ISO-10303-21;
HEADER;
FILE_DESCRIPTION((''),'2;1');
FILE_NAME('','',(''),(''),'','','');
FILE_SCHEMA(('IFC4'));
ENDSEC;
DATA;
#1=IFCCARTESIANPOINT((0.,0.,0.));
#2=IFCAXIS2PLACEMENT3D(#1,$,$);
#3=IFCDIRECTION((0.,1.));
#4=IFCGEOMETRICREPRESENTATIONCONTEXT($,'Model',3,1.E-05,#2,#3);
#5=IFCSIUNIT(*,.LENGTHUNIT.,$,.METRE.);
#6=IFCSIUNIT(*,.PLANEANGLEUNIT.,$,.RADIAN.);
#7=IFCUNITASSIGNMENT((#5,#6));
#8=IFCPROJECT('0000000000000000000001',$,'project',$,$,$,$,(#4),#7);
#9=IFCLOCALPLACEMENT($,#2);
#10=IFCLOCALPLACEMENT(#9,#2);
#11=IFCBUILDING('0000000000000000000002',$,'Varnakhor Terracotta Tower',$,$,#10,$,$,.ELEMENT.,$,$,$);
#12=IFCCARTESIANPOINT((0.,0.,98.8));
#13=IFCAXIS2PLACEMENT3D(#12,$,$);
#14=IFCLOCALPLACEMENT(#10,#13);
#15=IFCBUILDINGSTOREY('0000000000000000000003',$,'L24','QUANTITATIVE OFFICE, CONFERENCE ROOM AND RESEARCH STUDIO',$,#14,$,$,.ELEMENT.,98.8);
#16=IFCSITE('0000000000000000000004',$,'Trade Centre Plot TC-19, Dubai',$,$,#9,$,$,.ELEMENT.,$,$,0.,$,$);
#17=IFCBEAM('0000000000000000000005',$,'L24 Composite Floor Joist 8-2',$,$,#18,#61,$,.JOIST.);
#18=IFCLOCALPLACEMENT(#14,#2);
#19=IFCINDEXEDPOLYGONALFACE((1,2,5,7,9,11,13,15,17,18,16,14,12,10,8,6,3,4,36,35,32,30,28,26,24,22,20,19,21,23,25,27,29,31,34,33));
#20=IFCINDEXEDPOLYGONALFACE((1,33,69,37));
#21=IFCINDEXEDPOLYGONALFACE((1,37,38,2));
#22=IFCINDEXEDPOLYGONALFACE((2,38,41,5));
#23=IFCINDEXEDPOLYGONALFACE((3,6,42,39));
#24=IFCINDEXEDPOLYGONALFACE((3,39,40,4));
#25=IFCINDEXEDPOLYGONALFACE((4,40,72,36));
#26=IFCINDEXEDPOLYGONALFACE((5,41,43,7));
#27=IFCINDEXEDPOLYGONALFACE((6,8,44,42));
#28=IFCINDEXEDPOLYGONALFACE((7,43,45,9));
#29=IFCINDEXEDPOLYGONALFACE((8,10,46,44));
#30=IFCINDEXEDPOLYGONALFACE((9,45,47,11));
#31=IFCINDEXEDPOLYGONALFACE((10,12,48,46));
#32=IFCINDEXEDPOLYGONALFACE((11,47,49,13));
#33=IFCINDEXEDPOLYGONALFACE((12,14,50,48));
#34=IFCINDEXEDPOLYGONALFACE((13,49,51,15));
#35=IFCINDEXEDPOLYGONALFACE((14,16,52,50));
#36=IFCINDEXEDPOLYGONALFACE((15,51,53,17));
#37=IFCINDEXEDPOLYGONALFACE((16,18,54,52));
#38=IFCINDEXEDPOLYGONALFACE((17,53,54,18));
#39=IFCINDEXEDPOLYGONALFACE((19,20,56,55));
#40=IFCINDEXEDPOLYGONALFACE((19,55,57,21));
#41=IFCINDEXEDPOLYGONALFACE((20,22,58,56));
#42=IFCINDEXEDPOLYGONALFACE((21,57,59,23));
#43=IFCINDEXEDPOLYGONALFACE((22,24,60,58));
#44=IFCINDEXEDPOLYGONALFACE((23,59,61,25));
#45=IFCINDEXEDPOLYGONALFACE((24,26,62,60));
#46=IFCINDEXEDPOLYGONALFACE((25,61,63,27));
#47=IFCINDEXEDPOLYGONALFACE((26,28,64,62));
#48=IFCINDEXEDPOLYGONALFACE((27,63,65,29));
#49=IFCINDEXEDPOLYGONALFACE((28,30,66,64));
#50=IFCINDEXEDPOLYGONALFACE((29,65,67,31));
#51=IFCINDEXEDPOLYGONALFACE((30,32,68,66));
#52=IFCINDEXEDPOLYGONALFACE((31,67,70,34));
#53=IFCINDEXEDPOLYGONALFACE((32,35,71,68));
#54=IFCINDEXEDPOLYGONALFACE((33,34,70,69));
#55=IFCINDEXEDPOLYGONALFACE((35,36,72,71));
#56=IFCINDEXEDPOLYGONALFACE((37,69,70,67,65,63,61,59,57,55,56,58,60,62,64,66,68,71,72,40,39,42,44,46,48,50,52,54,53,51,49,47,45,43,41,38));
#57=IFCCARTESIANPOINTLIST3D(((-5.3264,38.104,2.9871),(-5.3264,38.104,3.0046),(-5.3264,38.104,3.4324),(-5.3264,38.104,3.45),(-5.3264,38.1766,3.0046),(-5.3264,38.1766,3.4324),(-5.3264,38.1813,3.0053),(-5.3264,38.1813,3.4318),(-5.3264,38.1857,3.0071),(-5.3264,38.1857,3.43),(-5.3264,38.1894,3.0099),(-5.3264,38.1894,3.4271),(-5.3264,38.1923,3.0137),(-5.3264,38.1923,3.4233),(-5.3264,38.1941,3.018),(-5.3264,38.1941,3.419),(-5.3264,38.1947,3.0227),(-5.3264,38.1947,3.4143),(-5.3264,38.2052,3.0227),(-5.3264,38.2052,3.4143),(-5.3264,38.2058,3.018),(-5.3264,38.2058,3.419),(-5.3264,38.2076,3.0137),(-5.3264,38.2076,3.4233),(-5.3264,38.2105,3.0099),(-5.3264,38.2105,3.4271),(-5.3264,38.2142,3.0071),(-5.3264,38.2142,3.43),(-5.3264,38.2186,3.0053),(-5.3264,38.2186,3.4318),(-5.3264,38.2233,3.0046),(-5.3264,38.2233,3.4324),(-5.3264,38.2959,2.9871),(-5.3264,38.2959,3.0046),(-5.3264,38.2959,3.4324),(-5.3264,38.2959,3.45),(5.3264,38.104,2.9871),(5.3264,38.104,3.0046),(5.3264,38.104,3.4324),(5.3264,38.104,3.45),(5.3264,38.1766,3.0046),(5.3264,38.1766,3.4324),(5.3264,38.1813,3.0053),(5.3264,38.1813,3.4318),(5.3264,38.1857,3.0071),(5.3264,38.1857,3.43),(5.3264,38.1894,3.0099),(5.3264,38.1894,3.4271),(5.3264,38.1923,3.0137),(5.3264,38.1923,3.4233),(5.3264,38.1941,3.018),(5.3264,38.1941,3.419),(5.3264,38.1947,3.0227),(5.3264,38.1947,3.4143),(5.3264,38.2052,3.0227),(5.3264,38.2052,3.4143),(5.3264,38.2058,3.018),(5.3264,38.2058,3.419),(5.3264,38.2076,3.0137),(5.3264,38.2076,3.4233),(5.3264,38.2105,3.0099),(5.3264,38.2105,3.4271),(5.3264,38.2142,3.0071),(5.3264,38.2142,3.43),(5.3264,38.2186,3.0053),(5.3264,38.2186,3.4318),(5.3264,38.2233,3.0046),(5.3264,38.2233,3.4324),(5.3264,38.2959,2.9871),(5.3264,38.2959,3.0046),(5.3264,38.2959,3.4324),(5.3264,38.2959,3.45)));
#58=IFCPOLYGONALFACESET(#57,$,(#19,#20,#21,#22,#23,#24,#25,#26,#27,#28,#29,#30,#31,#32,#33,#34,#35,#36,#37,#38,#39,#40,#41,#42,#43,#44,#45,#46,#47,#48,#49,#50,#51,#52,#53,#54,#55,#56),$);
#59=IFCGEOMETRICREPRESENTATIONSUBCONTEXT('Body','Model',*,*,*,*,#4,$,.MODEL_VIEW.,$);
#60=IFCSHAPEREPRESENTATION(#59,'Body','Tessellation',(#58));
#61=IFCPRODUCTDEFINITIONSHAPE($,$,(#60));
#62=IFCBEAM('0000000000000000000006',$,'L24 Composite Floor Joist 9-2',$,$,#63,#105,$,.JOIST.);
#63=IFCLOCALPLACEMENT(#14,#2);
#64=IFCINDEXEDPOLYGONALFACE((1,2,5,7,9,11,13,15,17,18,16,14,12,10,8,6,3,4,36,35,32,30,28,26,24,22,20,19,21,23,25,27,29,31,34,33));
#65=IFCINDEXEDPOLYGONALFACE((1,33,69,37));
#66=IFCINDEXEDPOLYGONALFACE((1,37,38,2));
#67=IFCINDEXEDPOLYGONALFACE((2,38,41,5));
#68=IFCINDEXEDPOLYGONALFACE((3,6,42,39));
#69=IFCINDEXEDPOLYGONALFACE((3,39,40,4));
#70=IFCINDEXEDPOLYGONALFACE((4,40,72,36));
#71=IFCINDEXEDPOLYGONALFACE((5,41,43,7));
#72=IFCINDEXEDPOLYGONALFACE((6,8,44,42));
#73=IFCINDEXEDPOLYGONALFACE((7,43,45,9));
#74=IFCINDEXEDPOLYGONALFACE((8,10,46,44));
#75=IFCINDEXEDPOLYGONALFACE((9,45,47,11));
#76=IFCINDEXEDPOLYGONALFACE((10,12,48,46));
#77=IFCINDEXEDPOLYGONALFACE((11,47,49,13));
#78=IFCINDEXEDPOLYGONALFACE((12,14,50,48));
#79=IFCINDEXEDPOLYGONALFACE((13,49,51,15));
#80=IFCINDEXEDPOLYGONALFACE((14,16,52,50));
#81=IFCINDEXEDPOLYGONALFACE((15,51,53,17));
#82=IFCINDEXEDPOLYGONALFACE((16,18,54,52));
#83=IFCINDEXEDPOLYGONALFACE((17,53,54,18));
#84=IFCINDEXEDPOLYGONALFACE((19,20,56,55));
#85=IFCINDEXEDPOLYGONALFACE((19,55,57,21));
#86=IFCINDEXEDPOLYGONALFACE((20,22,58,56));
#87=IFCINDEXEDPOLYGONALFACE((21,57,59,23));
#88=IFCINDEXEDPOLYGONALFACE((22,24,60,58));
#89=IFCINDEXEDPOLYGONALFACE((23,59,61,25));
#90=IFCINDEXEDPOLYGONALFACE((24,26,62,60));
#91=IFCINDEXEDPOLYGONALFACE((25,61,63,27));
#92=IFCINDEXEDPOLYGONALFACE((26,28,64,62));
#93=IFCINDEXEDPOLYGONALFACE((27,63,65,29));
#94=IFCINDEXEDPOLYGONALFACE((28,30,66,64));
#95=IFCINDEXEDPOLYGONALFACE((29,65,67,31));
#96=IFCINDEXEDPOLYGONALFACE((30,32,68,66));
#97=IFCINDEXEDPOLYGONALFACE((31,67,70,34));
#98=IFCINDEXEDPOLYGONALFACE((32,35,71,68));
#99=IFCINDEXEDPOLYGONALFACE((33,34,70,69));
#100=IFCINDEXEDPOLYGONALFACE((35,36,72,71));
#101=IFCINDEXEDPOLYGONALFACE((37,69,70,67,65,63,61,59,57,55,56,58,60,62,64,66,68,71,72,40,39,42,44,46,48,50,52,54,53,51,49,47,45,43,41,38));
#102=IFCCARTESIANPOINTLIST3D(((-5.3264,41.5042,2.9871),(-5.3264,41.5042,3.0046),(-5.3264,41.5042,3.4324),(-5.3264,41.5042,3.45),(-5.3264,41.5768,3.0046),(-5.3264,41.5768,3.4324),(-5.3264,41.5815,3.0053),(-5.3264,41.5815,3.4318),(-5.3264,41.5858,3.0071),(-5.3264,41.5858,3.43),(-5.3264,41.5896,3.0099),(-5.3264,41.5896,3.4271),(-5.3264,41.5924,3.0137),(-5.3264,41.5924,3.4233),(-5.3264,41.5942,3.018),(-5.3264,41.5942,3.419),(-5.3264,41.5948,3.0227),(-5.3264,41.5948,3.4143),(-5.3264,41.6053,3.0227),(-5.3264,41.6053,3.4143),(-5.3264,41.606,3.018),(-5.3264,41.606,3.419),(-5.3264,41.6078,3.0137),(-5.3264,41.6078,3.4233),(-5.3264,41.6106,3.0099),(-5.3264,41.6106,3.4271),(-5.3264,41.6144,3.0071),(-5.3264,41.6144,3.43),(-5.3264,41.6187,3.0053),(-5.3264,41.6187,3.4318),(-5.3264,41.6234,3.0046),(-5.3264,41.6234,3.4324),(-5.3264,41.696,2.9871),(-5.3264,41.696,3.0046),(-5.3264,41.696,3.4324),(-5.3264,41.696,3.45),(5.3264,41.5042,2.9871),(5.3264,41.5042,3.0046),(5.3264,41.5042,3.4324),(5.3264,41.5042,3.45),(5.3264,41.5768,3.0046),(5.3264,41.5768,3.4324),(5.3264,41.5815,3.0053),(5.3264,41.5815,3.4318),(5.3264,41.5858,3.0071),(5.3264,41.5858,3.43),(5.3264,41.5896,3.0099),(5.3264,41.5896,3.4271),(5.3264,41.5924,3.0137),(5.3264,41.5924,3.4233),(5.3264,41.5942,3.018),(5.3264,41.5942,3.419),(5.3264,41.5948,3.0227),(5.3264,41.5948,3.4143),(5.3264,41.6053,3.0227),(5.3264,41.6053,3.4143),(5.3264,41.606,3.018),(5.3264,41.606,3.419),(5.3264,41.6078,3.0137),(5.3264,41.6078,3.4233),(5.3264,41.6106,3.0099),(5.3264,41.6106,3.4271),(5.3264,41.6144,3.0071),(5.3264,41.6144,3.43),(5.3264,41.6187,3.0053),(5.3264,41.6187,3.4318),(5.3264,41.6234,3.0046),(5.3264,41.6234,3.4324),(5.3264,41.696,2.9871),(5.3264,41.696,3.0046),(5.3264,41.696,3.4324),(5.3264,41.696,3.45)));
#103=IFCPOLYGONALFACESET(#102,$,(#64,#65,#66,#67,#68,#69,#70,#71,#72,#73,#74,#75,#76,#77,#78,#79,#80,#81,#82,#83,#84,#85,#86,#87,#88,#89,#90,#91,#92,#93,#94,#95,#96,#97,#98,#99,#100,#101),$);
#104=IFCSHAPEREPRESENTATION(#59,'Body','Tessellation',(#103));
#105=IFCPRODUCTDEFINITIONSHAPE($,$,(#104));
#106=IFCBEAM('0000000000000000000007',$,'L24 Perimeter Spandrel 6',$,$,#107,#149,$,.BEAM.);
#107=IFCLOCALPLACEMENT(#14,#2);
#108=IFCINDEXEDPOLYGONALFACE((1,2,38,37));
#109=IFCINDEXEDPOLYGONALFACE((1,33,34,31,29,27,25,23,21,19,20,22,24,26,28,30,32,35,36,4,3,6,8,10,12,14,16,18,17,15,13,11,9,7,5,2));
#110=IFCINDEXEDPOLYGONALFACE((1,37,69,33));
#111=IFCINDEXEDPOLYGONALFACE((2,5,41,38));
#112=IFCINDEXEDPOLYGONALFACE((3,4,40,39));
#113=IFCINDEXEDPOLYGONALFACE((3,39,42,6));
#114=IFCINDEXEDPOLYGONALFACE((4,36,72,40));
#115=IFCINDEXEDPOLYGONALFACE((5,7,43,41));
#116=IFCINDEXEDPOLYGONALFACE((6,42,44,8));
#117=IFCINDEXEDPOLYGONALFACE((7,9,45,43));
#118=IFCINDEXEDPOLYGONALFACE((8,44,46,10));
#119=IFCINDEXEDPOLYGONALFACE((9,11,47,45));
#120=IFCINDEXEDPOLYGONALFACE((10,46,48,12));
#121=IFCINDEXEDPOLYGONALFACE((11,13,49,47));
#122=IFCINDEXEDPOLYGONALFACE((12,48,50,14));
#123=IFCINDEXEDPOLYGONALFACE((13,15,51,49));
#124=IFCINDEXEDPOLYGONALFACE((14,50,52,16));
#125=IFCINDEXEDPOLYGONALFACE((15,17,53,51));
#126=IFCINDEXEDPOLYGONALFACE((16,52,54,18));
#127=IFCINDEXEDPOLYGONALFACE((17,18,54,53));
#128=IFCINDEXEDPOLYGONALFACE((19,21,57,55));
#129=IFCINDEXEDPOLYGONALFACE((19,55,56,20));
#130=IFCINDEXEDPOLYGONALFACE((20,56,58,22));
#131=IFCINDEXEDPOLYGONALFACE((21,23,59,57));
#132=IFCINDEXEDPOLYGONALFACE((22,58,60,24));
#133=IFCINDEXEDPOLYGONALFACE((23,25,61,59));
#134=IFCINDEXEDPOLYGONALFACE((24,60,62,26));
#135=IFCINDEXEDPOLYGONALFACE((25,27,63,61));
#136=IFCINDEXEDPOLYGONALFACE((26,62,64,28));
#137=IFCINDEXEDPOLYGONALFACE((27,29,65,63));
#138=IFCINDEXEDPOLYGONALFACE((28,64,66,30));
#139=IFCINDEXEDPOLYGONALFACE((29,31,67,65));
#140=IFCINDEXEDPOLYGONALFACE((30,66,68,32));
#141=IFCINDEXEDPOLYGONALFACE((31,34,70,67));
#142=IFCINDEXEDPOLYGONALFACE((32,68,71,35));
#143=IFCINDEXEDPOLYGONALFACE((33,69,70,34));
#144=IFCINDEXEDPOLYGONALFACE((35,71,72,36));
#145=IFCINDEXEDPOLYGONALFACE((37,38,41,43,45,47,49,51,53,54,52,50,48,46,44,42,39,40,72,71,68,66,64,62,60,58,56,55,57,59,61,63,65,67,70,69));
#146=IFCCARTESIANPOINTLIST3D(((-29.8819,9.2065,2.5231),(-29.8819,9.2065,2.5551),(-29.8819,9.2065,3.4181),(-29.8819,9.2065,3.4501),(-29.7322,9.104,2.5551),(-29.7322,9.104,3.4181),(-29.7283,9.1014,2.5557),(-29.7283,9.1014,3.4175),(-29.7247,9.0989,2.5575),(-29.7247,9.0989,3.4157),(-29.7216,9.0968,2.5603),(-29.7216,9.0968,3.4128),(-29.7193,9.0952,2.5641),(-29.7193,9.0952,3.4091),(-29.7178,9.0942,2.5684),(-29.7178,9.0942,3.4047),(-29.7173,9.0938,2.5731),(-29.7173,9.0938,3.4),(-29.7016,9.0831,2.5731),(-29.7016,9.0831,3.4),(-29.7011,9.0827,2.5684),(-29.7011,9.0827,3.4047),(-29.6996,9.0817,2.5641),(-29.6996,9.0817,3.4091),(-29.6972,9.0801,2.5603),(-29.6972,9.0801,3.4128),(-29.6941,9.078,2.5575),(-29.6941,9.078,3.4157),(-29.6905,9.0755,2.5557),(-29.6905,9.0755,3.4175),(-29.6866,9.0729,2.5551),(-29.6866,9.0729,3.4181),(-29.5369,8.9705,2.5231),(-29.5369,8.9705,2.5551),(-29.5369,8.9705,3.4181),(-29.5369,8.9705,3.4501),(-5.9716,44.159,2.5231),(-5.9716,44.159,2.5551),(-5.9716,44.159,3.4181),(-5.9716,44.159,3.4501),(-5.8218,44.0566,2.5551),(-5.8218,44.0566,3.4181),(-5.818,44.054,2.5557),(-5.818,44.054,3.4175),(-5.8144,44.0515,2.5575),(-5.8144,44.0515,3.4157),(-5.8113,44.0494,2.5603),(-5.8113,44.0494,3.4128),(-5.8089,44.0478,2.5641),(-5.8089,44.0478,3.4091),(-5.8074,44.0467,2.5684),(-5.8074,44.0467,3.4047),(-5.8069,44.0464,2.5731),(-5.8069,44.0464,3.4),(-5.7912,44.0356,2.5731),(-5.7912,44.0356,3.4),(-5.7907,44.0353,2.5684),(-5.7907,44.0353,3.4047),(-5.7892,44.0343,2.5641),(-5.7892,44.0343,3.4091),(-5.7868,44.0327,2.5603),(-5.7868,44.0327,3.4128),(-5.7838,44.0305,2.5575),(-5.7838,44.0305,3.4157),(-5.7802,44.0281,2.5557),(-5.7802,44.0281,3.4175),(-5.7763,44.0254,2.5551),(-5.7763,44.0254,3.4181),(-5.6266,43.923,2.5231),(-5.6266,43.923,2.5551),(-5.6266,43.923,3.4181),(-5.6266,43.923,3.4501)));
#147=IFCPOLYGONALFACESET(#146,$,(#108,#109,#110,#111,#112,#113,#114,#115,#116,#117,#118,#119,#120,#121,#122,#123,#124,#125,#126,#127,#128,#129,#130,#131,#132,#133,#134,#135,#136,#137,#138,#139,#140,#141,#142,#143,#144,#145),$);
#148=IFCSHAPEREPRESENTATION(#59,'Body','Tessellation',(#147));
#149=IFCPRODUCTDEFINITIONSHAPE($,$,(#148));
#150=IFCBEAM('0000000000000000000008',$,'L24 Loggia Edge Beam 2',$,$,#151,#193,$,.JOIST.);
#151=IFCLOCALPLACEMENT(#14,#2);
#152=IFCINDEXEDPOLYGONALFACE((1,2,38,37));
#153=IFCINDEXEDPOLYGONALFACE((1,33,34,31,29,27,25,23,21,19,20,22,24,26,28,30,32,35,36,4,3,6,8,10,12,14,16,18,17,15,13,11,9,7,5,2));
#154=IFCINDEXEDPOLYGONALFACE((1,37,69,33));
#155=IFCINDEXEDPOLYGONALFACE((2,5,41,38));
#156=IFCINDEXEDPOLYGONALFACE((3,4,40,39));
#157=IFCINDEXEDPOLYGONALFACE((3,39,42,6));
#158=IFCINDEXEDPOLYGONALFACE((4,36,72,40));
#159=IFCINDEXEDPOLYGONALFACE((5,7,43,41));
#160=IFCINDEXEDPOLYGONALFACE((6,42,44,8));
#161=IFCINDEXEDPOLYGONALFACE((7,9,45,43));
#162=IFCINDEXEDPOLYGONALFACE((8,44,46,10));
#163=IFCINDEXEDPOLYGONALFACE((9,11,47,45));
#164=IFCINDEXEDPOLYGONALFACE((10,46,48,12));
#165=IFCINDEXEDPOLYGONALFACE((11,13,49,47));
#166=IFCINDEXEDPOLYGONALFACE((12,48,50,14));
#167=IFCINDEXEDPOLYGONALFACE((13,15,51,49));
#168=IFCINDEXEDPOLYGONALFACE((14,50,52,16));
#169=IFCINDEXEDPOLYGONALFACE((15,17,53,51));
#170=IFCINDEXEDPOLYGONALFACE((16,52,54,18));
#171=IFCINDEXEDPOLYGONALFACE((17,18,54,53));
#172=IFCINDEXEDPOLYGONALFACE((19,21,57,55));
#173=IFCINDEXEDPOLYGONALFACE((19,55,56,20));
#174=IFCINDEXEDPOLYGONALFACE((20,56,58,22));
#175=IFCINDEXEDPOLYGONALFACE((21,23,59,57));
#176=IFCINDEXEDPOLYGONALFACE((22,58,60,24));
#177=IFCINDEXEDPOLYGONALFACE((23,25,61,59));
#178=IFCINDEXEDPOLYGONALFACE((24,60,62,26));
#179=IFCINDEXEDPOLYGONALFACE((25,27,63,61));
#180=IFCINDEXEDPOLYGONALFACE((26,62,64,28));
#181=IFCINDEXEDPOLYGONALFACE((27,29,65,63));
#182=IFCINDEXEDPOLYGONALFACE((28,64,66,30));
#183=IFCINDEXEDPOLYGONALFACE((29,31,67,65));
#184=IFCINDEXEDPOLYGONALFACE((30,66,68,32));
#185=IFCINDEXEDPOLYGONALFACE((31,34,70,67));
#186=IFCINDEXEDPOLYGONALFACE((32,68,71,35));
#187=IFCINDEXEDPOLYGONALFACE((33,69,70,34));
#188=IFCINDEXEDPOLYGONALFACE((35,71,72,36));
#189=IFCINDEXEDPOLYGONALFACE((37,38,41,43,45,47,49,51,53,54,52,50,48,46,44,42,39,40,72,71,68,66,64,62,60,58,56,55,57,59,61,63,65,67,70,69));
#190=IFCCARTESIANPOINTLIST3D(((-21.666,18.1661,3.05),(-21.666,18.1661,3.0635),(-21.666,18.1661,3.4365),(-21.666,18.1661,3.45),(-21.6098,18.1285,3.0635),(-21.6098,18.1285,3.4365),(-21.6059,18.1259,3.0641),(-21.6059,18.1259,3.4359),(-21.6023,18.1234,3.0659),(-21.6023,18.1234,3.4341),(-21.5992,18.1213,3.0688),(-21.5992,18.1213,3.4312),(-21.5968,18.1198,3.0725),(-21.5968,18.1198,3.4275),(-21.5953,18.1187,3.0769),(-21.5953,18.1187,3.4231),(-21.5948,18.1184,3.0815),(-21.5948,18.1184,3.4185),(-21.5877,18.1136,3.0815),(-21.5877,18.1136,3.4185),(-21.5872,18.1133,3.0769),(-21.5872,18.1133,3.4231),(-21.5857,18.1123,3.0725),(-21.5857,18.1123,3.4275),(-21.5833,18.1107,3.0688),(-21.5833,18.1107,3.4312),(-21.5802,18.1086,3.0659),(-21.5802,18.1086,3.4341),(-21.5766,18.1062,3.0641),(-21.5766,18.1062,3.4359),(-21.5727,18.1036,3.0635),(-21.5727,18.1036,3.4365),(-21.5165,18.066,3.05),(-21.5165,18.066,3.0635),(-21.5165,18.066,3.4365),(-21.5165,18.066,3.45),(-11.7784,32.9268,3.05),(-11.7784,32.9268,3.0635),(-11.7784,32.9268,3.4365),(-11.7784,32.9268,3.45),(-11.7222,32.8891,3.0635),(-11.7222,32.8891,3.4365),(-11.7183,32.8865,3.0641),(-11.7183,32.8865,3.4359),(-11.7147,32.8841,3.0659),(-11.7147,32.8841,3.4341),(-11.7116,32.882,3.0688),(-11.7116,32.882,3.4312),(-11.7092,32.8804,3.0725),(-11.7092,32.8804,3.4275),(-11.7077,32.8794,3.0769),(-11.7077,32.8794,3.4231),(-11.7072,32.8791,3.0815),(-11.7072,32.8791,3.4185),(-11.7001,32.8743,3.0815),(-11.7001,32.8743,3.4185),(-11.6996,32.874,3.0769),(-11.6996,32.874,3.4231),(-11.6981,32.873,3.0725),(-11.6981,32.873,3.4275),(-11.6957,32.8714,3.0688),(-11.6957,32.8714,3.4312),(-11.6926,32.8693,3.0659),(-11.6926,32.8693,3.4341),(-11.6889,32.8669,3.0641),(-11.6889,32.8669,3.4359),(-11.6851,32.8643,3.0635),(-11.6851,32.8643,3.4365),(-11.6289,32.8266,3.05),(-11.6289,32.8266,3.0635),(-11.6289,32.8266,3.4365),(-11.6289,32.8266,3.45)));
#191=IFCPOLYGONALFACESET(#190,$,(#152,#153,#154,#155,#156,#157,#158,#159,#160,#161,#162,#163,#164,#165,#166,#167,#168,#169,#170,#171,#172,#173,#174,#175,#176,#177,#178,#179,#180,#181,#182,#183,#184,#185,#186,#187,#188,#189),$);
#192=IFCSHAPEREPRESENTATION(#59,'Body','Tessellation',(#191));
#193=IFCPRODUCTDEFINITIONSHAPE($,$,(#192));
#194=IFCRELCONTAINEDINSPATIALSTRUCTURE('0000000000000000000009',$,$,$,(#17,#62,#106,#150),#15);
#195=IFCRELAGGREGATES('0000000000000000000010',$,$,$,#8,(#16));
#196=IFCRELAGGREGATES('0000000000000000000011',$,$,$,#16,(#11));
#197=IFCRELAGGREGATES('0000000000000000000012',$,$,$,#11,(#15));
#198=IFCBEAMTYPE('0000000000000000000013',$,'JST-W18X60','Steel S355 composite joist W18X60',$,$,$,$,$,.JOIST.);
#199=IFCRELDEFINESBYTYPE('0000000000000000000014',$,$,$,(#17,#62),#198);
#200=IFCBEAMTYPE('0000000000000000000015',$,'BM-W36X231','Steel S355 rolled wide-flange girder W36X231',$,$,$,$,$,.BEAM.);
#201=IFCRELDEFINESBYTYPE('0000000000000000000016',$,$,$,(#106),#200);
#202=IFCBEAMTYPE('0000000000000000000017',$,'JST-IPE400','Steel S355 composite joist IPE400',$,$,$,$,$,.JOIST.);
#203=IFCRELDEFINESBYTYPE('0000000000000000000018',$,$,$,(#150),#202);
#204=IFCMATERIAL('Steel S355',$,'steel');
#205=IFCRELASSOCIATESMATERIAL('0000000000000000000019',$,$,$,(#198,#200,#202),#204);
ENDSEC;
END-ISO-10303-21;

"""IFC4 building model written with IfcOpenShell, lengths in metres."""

from ifc_helpers import new_model, si_unit, direction, frame, origin, origin_2d, place, context, subcontext, project, spatial, i_section, extrude, source, transform, mapped, material, material_profile, profile_set, type_object, element, save


model = new_model("IFC4")

# Units and contexts
model_context = context("Model", 3, precision=1e-05, world=origin(), true_north=direction((0.0, 1.0)))
body_context = subcontext(model_context, "Body", "Model", "MODEL_VIEW")
ifc_project = project(units=[si_unit("LENGTHUNIT", "METRE"), si_unit("PLANEANGLEUNIT", "RADIAN")], contexts=[model_context])

# Site, building, storey
site_placement = place(None, origin())
site = spatial("IfcSite", under=ifc_project, at=site_placement, Name="Trade Centre Plot TC-19, Dubai", CompositionType="ELEMENT", RefElevation=0.0)
building_placement = place(site_placement, origin())
building = spatial("IfcBuilding", under=site, at=building_placement, Name="Varnakhor Terracotta Tower", CompositionType="ELEMENT")
storey_placement = place(building_placement, frame((0.0, 0.0, 98.8)))
storey = spatial("IfcBuildingStorey", under=building, at=storey_placement, Name="L24", Description="QUANTITATIVE OFFICE, CONFERENCE ROOM AND RESEARCH STUDIO", CompositionType="ELEMENT", Elevation=98.8)

# Beams
ifc_material_1 = material(Name="Steel S355", Category="steel")
ifc_material_profile_1 = material_profile(ifc_material_1, i_section(OverallWidth=0.1919, OverallDepth=0.4629, WebThickness=0.0105, FlangeThickness=0.0176, FilletRadius=0.0181, at=origin_2d()), Name="W18X60")
ifc_profile_set_1 = profile_set([ifc_material_profile_1], Name="Steel S355")
beam_type_1 = type_object("IfcBeamType", Name="JST-W18X60", Description="Steel S355 composite joist W18X60", PredefinedType="JOIST", material=ifc_profile_set_1)
shared_shape_1 = source(origin(), body_context, "Body", "SweptSolid", [
    extrude(i_section(OverallWidth=0.1919, OverallDepth=0.4629, WebThickness=0.0105, FlangeThickness=0.0176, FilletRadius=0.0181, at=origin_2d()), origin(), (0.0, 0.0, 1.0), 10.6528),
])
for number, where, z_axis, x_axis, name in (
    (1, (-5.3264, 38.2, 3.2185), (1.0, 0.0, 0.0), (0.0, 1.0, 0.0), "L24 Composite Floor Joist 8-2"),
    (2, (-5.3264, 41.6001, 3.2185), (1.0, 0.0, 0.0), (0.0, 1.0, 0.0), "L24 Composite Floor Joist 9-2"),
):
    element("IfcBeam", number, at=place(storey_placement, frame(where, z_axis=z_axis, x_axis=x_axis)), inside=storey, type_object=beam_type_1, Name=name, PredefinedType="JOIST", context=body_context, shape_type="MappedRepresentation", body=[
        mapped(shared_shape_1, transform((0.0, 0.0, 0.0), scale=1.0)),
    ])
ifc_material_profile_2 = material_profile(ifc_material_1, i_section(OverallWidth=0.418, OverallDepth=0.927, WebThickness=0.019, FlangeThickness=0.032, FilletRadius=0.0181, at=origin_2d()), Name="W36X231")
ifc_profile_set_2 = profile_set([ifc_material_profile_2], Name="Steel S355")
beam_type_2 = type_object("IfcBeamType", Name="BM-W36X231", Description="Steel S355 rolled wide-flange girder W36X231", PredefinedType="BEAM", material=ifc_profile_set_2)
shared_shape_2 = source(origin(), body_context, "Body", "SweptSolid", [
    extrude(i_section(OverallWidth=0.418, OverallDepth=0.927, WebThickness=0.019, FlangeThickness=0.032, FilletRadius=0.0181, at=origin_2d()), origin(), (0.0, 0.0, 1.0), 42.3484),
])
beam_1_placement = place(storey_placement, frame((-5.7991, 44.041, 2.9866), z_axis=(-0.564611, -0.825357, 0.0), x_axis=(0.825357, -0.564611, 0.0)))
element("IfcBeam", 3, at=beam_1_placement, inside=storey, type_object=beam_type_2, Name="L24 Perimeter Spandrel 6", PredefinedType="BEAM", context=body_context, shape_type="MappedRepresentation", body=[
    mapped(shared_shape_2, transform((0.0, 0.0, 0.0), scale=1.0)),
])
ifc_material_profile_3 = material_profile(ifc_material_1, i_section(OverallWidth=0.1799, OverallDepth=0.3999, WebThickness=0.0085, FlangeThickness=0.0134, FilletRadius=0.0181, at=origin_2d()), Name="IPE400")
ifc_profile_set_3 = profile_set([ifc_material_profile_3], Name="Steel S355")
beam_type_3 = type_object("IfcBeamType", Name="JST-IPE400", Description="Steel S355 composite joist IPE400", PredefinedType="JOIST", material=ifc_profile_set_3)
shared_shape_3 = source(origin(), body_context, "Body", "SweptSolid", [
    extrude(i_section(OverallWidth=0.1799, OverallDepth=0.3999, WebThickness=0.0085, FlangeThickness=0.0134, FilletRadius=0.0181, at=origin_2d()), origin(), (0.0, 0.0, 1.0), 17.7664),
])
beam_2_placement = place(storey_placement, frame((-11.7036, 32.8767, 3.25), z_axis=(-0.556538, -0.830822, 0.0), x_axis=(0.830822, -0.556538, 0.0)))
element("IfcBeam", 4, at=beam_2_placement, inside=storey, type_object=beam_type_3, Name="L24 Loggia Edge Beam 2", PredefinedType="JOIST", context=body_context, shape_type="MappedRepresentation", body=[
    mapped(shared_shape_3, transform((0.0, 0.0, 0.0), scale=1.0)),
])

save(model, "model.ifc")
